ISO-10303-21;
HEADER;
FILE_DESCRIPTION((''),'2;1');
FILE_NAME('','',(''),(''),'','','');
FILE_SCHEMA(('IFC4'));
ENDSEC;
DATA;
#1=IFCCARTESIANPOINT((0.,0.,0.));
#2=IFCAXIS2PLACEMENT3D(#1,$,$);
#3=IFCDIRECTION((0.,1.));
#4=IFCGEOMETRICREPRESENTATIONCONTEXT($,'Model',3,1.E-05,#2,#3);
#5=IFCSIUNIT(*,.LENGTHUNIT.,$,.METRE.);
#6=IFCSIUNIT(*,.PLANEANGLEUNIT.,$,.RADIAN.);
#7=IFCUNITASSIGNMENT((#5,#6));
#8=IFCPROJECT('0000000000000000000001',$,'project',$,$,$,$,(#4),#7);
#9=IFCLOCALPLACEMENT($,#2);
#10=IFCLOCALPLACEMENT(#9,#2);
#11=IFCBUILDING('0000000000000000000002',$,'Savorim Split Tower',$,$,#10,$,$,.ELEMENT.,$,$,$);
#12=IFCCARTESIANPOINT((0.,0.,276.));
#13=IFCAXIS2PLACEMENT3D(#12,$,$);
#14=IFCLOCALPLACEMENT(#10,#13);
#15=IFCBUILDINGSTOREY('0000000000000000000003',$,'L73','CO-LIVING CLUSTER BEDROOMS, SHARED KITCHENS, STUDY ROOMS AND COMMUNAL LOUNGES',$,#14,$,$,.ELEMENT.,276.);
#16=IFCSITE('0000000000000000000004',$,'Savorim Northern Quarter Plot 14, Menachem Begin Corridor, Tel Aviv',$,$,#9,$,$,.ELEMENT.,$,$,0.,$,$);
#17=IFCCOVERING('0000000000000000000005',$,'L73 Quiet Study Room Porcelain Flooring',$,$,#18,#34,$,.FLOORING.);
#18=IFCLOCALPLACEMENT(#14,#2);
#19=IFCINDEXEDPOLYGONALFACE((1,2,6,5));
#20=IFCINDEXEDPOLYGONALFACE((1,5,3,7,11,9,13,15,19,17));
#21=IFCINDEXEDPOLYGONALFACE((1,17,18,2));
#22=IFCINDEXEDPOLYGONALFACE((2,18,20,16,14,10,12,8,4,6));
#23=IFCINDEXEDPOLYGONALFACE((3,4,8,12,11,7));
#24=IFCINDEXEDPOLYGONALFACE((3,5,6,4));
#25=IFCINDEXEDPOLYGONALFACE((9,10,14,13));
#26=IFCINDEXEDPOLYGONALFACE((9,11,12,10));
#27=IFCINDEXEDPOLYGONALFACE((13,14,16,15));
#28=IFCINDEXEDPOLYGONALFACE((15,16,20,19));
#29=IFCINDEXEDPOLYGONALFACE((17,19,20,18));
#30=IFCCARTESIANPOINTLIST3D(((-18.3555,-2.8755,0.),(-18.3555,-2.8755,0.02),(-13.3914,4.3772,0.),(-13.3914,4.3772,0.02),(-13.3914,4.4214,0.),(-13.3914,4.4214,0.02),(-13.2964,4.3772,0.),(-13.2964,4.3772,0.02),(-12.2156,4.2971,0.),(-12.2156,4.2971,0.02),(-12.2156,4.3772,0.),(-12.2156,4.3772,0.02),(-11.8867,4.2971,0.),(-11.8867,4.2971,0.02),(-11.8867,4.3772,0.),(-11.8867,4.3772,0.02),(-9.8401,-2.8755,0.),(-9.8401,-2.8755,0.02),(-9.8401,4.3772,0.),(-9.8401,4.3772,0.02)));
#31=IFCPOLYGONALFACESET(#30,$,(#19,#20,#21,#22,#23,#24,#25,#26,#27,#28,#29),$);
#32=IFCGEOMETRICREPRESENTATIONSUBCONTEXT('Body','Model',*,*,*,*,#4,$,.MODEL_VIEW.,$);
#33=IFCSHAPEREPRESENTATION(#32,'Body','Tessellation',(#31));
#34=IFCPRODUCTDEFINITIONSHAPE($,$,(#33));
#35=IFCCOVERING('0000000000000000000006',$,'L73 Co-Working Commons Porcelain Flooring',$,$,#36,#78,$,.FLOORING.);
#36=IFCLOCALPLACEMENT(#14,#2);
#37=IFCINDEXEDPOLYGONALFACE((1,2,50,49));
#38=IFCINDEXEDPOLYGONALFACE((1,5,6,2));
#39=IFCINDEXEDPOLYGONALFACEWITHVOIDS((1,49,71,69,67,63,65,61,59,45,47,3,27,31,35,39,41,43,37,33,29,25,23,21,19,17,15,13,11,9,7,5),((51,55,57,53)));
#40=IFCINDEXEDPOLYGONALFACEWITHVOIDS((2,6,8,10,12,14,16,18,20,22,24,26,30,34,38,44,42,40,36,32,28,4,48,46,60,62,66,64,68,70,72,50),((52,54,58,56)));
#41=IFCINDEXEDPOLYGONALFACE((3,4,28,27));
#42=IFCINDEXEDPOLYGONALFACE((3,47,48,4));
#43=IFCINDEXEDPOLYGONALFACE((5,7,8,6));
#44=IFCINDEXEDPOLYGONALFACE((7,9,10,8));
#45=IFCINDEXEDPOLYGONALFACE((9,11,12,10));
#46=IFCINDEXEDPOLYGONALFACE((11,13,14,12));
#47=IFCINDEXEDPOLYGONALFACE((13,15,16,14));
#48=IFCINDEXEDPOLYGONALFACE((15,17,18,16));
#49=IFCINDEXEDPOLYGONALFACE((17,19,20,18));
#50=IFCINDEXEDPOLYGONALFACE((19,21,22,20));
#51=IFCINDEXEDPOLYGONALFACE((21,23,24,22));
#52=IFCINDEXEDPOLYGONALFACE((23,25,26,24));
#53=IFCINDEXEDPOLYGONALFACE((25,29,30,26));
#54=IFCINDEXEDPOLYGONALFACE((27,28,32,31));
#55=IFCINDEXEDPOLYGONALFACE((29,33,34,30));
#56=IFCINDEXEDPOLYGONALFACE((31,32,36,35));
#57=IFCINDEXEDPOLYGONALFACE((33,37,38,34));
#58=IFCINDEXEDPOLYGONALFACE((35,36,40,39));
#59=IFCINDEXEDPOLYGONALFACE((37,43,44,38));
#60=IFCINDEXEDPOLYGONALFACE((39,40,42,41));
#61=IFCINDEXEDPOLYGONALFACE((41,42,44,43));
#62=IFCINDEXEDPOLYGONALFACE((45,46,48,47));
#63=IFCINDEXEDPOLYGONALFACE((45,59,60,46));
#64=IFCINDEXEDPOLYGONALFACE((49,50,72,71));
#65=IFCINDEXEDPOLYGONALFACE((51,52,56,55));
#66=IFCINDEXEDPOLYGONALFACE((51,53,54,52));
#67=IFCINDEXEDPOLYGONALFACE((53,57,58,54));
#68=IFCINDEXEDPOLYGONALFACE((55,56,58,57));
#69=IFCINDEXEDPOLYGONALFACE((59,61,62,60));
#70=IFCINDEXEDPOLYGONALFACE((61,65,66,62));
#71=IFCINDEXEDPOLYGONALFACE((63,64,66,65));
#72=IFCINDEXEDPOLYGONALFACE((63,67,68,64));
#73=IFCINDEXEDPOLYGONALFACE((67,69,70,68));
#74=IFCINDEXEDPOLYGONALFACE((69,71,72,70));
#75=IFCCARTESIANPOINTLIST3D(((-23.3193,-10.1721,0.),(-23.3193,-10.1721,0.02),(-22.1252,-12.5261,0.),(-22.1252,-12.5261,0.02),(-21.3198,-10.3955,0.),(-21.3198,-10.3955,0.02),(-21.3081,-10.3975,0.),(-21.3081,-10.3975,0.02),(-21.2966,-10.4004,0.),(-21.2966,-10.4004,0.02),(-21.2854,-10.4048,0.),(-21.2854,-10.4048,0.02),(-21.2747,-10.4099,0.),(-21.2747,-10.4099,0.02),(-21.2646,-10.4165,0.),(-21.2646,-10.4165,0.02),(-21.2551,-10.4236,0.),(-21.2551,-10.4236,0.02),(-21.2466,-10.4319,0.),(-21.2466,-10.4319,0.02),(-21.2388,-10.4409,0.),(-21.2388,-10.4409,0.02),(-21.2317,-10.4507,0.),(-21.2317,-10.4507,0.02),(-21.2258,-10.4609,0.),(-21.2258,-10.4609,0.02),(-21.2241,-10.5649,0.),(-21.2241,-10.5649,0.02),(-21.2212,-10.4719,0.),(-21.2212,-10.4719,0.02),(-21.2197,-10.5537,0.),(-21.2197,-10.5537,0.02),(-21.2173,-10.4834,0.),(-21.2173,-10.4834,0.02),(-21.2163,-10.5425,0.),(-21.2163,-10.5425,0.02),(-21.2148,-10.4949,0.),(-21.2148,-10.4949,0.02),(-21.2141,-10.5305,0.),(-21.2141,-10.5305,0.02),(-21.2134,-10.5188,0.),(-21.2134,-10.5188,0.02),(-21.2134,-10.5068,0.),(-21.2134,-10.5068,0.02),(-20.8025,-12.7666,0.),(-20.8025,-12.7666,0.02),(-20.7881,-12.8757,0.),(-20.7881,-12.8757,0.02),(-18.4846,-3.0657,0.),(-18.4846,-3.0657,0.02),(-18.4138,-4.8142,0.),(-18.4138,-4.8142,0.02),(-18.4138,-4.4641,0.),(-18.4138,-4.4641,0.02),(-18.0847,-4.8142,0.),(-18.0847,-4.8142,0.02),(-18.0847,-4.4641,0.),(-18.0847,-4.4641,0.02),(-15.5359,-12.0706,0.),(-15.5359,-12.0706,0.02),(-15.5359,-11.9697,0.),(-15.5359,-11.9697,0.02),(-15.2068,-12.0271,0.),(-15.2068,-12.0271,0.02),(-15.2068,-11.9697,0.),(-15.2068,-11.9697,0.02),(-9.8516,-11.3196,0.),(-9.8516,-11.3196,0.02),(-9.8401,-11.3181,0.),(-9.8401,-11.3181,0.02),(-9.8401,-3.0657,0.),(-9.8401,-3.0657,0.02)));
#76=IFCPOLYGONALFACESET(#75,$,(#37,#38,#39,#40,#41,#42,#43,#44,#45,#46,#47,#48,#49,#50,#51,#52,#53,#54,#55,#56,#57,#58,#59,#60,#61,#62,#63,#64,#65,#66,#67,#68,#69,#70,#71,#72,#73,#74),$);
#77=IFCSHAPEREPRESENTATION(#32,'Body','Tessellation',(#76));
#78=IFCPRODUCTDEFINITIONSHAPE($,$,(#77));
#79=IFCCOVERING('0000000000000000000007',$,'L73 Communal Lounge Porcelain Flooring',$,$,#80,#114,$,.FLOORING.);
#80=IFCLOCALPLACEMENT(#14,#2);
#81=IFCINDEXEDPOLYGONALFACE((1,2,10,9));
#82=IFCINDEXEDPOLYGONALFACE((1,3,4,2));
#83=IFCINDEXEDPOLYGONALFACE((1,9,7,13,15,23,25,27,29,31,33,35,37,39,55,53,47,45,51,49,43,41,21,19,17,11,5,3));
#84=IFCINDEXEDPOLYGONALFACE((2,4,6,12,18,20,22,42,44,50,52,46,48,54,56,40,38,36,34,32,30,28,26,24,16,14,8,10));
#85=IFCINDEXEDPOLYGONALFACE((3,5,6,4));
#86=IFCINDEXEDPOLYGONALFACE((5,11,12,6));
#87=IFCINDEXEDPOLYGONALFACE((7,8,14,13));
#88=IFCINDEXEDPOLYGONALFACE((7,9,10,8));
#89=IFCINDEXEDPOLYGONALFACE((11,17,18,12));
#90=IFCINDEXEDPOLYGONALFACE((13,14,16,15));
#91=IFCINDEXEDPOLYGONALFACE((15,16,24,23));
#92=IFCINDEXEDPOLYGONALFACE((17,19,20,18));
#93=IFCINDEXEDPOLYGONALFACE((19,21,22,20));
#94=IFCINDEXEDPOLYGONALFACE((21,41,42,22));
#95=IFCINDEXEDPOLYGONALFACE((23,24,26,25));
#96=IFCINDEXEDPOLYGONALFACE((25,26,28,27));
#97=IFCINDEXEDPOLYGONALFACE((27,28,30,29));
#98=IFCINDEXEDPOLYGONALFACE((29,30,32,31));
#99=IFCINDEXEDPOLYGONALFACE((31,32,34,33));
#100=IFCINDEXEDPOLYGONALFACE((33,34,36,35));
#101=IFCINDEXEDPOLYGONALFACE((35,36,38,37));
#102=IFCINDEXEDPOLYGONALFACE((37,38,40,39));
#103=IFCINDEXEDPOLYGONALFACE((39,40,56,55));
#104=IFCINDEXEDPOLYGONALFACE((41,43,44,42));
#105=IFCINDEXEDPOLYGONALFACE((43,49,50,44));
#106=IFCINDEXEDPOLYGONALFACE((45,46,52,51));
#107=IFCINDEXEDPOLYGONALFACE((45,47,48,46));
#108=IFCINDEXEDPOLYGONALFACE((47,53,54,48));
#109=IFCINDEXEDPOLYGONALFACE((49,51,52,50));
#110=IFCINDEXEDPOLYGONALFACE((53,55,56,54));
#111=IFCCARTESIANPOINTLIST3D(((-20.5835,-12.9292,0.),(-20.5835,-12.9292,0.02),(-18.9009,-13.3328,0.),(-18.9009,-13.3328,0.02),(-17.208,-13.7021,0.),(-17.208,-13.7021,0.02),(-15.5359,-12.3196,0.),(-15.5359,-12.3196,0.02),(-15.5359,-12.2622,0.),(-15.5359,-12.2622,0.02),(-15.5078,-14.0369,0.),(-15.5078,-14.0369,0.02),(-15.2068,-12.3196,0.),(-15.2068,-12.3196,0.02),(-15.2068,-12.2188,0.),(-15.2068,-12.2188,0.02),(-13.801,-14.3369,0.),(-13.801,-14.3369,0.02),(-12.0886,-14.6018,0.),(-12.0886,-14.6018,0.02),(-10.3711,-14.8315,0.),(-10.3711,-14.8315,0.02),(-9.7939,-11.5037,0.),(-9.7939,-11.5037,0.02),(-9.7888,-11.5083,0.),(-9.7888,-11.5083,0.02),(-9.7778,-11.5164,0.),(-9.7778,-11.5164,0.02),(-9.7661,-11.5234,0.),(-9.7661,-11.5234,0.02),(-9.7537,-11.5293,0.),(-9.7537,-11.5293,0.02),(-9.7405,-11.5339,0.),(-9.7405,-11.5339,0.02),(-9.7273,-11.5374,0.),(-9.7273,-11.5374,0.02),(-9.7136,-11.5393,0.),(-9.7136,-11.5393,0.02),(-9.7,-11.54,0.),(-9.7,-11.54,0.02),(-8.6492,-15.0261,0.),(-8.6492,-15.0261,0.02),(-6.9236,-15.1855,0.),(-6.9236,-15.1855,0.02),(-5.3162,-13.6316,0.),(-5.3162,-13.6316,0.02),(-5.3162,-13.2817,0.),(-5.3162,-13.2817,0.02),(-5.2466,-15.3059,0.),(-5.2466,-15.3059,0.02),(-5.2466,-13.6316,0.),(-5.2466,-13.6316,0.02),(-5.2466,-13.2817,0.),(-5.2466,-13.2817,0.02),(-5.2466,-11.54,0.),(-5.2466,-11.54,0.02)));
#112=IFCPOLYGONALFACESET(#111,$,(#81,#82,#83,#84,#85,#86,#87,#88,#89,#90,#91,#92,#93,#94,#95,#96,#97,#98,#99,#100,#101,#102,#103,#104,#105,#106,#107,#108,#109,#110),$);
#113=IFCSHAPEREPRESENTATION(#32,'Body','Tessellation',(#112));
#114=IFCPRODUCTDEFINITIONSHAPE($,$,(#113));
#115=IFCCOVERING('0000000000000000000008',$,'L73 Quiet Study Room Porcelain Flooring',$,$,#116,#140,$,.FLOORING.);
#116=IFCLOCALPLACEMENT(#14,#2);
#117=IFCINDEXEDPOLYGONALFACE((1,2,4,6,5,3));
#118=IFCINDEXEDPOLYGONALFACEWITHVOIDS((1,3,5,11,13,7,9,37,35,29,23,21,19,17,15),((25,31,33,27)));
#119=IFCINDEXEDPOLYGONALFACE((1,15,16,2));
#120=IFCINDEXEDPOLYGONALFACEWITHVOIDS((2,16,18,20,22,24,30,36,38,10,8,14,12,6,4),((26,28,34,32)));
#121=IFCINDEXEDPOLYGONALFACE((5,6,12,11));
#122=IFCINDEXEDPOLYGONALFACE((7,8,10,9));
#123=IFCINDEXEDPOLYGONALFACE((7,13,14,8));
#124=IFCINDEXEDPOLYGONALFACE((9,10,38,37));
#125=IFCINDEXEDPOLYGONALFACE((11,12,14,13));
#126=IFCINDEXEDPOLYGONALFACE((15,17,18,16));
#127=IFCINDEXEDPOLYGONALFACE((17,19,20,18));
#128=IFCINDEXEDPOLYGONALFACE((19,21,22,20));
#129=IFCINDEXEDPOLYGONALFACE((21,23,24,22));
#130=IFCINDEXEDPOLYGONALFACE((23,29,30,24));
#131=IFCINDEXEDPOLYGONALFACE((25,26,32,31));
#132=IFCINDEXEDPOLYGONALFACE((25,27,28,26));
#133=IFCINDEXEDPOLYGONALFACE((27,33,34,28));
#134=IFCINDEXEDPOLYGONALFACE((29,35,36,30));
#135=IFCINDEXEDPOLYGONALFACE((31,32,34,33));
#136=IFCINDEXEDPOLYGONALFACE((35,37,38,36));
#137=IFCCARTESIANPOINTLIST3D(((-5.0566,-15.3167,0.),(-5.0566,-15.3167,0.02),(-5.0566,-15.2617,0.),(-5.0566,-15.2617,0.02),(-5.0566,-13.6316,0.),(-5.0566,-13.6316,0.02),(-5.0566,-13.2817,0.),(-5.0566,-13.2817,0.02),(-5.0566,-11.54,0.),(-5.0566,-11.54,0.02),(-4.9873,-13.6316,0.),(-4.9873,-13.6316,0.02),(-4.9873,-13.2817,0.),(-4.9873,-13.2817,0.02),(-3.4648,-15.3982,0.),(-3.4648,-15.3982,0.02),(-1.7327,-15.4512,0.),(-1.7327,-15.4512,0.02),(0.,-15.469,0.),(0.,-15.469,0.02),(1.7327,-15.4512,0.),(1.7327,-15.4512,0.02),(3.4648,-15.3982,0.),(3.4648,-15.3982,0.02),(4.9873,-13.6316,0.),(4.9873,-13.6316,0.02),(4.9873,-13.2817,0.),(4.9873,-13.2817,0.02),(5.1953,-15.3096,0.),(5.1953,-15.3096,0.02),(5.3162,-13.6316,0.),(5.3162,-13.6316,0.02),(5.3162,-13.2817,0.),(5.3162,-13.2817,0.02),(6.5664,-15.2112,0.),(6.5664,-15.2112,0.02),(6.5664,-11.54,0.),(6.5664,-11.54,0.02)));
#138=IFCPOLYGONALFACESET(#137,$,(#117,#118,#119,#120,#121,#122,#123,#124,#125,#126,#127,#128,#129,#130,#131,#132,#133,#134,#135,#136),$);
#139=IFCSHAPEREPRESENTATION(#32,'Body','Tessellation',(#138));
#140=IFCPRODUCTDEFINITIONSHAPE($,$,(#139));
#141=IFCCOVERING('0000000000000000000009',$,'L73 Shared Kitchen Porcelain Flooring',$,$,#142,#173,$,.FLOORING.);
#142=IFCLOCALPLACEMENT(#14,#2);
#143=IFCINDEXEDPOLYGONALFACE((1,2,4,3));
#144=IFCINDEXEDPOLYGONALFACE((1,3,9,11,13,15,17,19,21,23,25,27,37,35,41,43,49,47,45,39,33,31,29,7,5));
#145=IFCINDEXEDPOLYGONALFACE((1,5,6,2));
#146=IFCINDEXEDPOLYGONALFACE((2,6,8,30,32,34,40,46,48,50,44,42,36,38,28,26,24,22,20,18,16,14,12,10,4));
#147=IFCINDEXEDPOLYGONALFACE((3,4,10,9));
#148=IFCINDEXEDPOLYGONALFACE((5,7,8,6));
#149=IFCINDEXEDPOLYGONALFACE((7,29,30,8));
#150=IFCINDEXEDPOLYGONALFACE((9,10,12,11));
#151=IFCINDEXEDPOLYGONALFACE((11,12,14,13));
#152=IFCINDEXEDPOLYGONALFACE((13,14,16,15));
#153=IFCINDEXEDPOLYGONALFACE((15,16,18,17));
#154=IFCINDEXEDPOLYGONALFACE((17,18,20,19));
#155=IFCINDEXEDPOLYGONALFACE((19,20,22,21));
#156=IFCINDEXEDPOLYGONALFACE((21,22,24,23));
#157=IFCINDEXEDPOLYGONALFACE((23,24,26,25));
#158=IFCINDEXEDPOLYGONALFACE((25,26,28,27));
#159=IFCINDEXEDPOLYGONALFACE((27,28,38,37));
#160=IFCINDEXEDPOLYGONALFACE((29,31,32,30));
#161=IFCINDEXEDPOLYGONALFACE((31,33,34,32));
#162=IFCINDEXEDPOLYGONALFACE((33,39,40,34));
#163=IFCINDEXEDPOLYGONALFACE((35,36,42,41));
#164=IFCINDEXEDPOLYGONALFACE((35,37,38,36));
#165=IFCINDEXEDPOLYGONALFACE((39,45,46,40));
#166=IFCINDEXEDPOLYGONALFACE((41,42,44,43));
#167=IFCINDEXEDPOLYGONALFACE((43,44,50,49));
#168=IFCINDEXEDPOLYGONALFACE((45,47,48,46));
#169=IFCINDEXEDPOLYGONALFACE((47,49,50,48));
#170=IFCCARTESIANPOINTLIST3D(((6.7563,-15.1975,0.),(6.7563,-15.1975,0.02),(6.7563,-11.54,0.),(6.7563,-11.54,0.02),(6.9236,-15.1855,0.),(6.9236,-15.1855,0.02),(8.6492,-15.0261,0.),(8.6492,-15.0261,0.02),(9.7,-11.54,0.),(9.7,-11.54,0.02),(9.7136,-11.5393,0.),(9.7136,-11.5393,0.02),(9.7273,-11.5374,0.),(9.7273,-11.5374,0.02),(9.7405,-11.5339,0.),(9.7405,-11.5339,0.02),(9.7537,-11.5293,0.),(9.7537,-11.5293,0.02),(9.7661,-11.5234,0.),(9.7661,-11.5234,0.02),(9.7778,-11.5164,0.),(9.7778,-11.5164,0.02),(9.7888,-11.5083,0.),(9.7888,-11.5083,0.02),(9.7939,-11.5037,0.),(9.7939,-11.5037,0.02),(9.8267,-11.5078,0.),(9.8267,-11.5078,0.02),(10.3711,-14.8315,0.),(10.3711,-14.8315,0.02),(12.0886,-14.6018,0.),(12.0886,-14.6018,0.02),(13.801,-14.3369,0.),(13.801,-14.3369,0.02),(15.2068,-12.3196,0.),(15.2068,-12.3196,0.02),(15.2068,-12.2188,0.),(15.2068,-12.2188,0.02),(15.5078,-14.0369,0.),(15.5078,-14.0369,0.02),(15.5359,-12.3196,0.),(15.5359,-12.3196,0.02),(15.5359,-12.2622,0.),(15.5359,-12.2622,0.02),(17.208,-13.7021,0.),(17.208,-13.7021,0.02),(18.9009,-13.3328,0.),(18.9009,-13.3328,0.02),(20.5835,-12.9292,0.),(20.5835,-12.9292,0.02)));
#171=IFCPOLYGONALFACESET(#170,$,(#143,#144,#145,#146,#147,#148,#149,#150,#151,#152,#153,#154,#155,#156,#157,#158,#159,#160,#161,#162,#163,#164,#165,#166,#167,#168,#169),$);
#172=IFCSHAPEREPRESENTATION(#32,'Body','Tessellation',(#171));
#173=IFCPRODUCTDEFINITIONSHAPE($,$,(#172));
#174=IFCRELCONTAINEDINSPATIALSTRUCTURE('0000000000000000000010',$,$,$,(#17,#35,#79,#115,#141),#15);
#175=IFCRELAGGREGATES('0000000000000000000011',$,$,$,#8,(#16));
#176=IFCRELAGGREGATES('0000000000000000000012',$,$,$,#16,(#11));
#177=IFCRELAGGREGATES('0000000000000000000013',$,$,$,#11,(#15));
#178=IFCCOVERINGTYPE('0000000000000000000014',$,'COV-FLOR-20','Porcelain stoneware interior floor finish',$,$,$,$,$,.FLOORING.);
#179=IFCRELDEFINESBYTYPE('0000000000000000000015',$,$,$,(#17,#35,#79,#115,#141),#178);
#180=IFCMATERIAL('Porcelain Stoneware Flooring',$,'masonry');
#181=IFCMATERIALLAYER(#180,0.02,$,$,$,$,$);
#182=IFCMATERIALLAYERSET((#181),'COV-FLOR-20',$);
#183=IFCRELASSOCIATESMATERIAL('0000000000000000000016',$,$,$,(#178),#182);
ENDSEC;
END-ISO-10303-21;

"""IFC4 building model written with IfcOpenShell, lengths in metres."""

from ifc_helpers import new_model, si_unit, direction, frame, origin, place, context, subcontext, project, spatial, polyline, outline, extrude, material, layer, layer_set, type_object, element, save


model = new_model("IFC4")

# Units and contexts
model_context = context("Model", 3, precision=1e-05, world=origin(), true_north=direction((0.0, 1.0)))
body_context = subcontext(model_context, "Body", "Model", "MODEL_VIEW")
ifc_project = project(units=[si_unit("LENGTHUNIT", "METRE"), si_unit("PLANEANGLEUNIT", "RADIAN")], contexts=[model_context])

# Site, building, storey
site_placement = place(None, origin())
site = spatial("IfcSite", under=ifc_project, at=site_placement, Name="Savorim Northern Quarter Plot 14, Menachem Begin Corridor, Tel Aviv", CompositionType="ELEMENT", RefElevation=0.0)
building_placement = place(site_placement, origin())
building = spatial("IfcBuilding", under=site, at=building_placement, Name="Savorim Split Tower", CompositionType="ELEMENT")
storey_placement = place(building_placement, frame((0.0, 0.0, 276.0)))
storey = spatial("IfcBuildingStorey", under=building, at=storey_placement, Name="L73", Description="CO-LIVING CLUSTER BEDROOMS, SHARED KITCHENS, STUDY ROOMS AND COMMUNAL LOUNGES", CompositionType="ELEMENT", Elevation=276.0)

# Coverings
ifc_material_1 = material(Name="Porcelain Stoneware Flooring", Category="masonry")
ifc_layer_1 = layer(ifc_material_1, 0.02)
ifc_layer_set_1 = layer_set([ifc_layer_1], Name="COV-FLOR-20")
covering_type_1 = type_object("IfcCoveringType", Name="COV-FLOR-20", Description="Porcelain stoneware interior floor finish", PredefinedType="FLOORING", material=ifc_layer_set_1)
covering_1_placement = place(storey_placement, origin())
element("IfcCovering", 1, at=covering_1_placement, inside=storey, type_object=covering_type_1, Name="L73 Quiet Study Room Porcelain Flooring", PredefinedType="FLOORING", context=body_context, shape_type="SweptSolid", body=[
    extrude(outline(polyline([(-13.2964, 4.3772), (-13.3914, 4.3772), (-13.3914, 4.4214), (-18.3555, -2.8755), (-9.8401, -2.8755), (-9.8401, 4.3772), (-11.8867, 4.3772), (-11.8867, 4.2971), (-12.2156, 4.2971), (-12.2156, 4.3772), (-13.2964, 4.3772)])), origin(), (0.0, 0.0, 1.0), 0.02),
])
covering_2_placement = place(storey_placement, origin())
element("IfcCovering", 2, at=covering_2_placement, inside=storey, type_object=covering_type_1, Name="L73 Co-Working Commons Porcelain Flooring", PredefinedType="FLOORING", context=body_context, shape_type="SweptSolid", body=[
    extrude(outline(polyline([(-21.2134, -10.5068), (-21.2134, -10.5188), (-21.2141, -10.5305), (-21.2163, -10.5425), (-21.2197, -10.5537), (-21.2241, -10.5649), (-22.1252, -12.5261), (-20.7881, -12.8757), (-20.8025, -12.7666), (-15.5359, -12.0706), (-15.5359, -11.9697), (-15.2068, -11.9697), (-15.2068, -12.0271), (-9.8516, -11.3196), (-9.8401, -11.3181), (-9.8401, -3.0657), (-18.4846, -3.0657), (-23.3193, -10.1721), (-21.3198, -10.3955), (-21.3081, -10.3975), (-21.2966, -10.4004), (-21.2854, -10.4048), (-21.2747, -10.4099), (-21.2646, -10.4165), (-21.2551, -10.4236), (-21.2466, -10.4319), (-21.2388, -10.4409), (-21.2317, -10.4507), (-21.2258, -10.4609), (-21.2212, -10.4719), (-21.2173, -10.4834), (-21.2148, -10.4949), (-21.2134, -10.5068)]), holes=[polyline([(-18.4138, -4.8142), (-18.0847, -4.8142), (-18.0847, -4.4641), (-18.4138, -4.4641), (-18.4138, -4.8142)])]), origin(), (0.0, 0.0, 1.0), 0.02),
])
covering_3_placement = place(storey_placement, origin())
element("IfcCovering", 3, at=covering_3_placement, inside=storey, type_object=covering_type_1, Name="L73 Communal Lounge Porcelain Flooring", PredefinedType="FLOORING", context=body_context, shape_type="SweptSolid", body=[
    extrude(outline(polyline([(-12.0886, -14.6018), (-10.3711, -14.8315), (-8.6492, -15.0261), (-6.9236, -15.1855), (-5.2466, -15.3059), (-5.2466, -13.6316), (-5.3162, -13.6316), (-5.3162, -13.2817), (-5.2466, -13.2817), (-5.2466, -11.54), (-9.7, -11.54), (-9.7136, -11.5393), (-9.7273, -11.5374), (-9.7405, -11.5339), (-9.7537, -11.5293), (-9.7661, -11.5234), (-9.7778, -11.5164), (-9.7888, -11.5083), (-9.7939, -11.5037), (-15.2068, -12.2188), (-15.2068, -12.3196), (-15.5359, -12.3196), (-15.5359, -12.2622), (-20.5835, -12.9292), (-18.9009, -13.3328), (-17.208, -13.7021), (-15.5078, -14.0369), (-13.801, -14.3369), (-12.0886, -14.6018)])), origin(), (0.0, 0.0, 1.0), 0.02),
])
covering_4_placement = place(storey_placement, origin())
element("IfcCovering", 4, at=covering_4_placement, inside=storey, type_object=covering_type_1, Name="L73 Quiet Study Room Porcelain Flooring", PredefinedType="FLOORING", context=body_context, shape_type="SweptSolid", body=[
    extrude(outline(polyline([(1.7327, -15.4512), (3.4648, -15.3982), (5.1953, -15.3096), (6.5664, -15.2112), (6.5664, -11.54), (-5.0566, -11.54), (-5.0566, -13.2817), (-4.9873, -13.2817), (-4.9873, -13.6316), (-5.0566, -13.6316), (-5.0566, -15.2617), (-5.0566, -15.3167), (-3.4648, -15.3982), (-1.7327, -15.4512), (0.0, -15.469), (1.7327, -15.4512)]), holes=[polyline([(4.9873, -13.6316), (5.3162, -13.6316), (5.3162, -13.2817), (4.9873, -13.2817), (4.9873, -13.6316)])]), origin(), (0.0, 0.0, 1.0), 0.02),
])
covering_5_placement = place(storey_placement, origin())
element("IfcCovering", 5, at=covering_5_placement, inside=storey, type_object=covering_type_1, Name="L73 Shared Kitchen Porcelain Flooring", PredefinedType="FLOORING", context=body_context, shape_type="SweptSolid", body=[
    extrude(outline(polyline([(13.801, -14.3369), (15.5078, -14.0369), (17.208, -13.7021), (18.9009, -13.3328), (20.5835, -12.9292), (15.5359, -12.2622), (15.5359, -12.3196), (15.2068, -12.3196), (15.2068, -12.2188), (9.8267, -11.5078), (9.7939, -11.5037), (9.7888, -11.5083), (9.7778, -11.5164), (9.7661, -11.5234), (9.7537, -11.5293), (9.7405, -11.5339), (9.7273, -11.5374), (9.7136, -11.5393), (9.7, -11.54), (6.7563, -11.54), (6.7563, -15.1975), (6.9236, -15.1855), (8.6492, -15.0261), (10.3711, -14.8315), (12.0886, -14.6018), (13.801, -14.3369)])), origin(), (0.0, 0.0, 1.0), 0.02),
])

save(model, "model.ifc")
